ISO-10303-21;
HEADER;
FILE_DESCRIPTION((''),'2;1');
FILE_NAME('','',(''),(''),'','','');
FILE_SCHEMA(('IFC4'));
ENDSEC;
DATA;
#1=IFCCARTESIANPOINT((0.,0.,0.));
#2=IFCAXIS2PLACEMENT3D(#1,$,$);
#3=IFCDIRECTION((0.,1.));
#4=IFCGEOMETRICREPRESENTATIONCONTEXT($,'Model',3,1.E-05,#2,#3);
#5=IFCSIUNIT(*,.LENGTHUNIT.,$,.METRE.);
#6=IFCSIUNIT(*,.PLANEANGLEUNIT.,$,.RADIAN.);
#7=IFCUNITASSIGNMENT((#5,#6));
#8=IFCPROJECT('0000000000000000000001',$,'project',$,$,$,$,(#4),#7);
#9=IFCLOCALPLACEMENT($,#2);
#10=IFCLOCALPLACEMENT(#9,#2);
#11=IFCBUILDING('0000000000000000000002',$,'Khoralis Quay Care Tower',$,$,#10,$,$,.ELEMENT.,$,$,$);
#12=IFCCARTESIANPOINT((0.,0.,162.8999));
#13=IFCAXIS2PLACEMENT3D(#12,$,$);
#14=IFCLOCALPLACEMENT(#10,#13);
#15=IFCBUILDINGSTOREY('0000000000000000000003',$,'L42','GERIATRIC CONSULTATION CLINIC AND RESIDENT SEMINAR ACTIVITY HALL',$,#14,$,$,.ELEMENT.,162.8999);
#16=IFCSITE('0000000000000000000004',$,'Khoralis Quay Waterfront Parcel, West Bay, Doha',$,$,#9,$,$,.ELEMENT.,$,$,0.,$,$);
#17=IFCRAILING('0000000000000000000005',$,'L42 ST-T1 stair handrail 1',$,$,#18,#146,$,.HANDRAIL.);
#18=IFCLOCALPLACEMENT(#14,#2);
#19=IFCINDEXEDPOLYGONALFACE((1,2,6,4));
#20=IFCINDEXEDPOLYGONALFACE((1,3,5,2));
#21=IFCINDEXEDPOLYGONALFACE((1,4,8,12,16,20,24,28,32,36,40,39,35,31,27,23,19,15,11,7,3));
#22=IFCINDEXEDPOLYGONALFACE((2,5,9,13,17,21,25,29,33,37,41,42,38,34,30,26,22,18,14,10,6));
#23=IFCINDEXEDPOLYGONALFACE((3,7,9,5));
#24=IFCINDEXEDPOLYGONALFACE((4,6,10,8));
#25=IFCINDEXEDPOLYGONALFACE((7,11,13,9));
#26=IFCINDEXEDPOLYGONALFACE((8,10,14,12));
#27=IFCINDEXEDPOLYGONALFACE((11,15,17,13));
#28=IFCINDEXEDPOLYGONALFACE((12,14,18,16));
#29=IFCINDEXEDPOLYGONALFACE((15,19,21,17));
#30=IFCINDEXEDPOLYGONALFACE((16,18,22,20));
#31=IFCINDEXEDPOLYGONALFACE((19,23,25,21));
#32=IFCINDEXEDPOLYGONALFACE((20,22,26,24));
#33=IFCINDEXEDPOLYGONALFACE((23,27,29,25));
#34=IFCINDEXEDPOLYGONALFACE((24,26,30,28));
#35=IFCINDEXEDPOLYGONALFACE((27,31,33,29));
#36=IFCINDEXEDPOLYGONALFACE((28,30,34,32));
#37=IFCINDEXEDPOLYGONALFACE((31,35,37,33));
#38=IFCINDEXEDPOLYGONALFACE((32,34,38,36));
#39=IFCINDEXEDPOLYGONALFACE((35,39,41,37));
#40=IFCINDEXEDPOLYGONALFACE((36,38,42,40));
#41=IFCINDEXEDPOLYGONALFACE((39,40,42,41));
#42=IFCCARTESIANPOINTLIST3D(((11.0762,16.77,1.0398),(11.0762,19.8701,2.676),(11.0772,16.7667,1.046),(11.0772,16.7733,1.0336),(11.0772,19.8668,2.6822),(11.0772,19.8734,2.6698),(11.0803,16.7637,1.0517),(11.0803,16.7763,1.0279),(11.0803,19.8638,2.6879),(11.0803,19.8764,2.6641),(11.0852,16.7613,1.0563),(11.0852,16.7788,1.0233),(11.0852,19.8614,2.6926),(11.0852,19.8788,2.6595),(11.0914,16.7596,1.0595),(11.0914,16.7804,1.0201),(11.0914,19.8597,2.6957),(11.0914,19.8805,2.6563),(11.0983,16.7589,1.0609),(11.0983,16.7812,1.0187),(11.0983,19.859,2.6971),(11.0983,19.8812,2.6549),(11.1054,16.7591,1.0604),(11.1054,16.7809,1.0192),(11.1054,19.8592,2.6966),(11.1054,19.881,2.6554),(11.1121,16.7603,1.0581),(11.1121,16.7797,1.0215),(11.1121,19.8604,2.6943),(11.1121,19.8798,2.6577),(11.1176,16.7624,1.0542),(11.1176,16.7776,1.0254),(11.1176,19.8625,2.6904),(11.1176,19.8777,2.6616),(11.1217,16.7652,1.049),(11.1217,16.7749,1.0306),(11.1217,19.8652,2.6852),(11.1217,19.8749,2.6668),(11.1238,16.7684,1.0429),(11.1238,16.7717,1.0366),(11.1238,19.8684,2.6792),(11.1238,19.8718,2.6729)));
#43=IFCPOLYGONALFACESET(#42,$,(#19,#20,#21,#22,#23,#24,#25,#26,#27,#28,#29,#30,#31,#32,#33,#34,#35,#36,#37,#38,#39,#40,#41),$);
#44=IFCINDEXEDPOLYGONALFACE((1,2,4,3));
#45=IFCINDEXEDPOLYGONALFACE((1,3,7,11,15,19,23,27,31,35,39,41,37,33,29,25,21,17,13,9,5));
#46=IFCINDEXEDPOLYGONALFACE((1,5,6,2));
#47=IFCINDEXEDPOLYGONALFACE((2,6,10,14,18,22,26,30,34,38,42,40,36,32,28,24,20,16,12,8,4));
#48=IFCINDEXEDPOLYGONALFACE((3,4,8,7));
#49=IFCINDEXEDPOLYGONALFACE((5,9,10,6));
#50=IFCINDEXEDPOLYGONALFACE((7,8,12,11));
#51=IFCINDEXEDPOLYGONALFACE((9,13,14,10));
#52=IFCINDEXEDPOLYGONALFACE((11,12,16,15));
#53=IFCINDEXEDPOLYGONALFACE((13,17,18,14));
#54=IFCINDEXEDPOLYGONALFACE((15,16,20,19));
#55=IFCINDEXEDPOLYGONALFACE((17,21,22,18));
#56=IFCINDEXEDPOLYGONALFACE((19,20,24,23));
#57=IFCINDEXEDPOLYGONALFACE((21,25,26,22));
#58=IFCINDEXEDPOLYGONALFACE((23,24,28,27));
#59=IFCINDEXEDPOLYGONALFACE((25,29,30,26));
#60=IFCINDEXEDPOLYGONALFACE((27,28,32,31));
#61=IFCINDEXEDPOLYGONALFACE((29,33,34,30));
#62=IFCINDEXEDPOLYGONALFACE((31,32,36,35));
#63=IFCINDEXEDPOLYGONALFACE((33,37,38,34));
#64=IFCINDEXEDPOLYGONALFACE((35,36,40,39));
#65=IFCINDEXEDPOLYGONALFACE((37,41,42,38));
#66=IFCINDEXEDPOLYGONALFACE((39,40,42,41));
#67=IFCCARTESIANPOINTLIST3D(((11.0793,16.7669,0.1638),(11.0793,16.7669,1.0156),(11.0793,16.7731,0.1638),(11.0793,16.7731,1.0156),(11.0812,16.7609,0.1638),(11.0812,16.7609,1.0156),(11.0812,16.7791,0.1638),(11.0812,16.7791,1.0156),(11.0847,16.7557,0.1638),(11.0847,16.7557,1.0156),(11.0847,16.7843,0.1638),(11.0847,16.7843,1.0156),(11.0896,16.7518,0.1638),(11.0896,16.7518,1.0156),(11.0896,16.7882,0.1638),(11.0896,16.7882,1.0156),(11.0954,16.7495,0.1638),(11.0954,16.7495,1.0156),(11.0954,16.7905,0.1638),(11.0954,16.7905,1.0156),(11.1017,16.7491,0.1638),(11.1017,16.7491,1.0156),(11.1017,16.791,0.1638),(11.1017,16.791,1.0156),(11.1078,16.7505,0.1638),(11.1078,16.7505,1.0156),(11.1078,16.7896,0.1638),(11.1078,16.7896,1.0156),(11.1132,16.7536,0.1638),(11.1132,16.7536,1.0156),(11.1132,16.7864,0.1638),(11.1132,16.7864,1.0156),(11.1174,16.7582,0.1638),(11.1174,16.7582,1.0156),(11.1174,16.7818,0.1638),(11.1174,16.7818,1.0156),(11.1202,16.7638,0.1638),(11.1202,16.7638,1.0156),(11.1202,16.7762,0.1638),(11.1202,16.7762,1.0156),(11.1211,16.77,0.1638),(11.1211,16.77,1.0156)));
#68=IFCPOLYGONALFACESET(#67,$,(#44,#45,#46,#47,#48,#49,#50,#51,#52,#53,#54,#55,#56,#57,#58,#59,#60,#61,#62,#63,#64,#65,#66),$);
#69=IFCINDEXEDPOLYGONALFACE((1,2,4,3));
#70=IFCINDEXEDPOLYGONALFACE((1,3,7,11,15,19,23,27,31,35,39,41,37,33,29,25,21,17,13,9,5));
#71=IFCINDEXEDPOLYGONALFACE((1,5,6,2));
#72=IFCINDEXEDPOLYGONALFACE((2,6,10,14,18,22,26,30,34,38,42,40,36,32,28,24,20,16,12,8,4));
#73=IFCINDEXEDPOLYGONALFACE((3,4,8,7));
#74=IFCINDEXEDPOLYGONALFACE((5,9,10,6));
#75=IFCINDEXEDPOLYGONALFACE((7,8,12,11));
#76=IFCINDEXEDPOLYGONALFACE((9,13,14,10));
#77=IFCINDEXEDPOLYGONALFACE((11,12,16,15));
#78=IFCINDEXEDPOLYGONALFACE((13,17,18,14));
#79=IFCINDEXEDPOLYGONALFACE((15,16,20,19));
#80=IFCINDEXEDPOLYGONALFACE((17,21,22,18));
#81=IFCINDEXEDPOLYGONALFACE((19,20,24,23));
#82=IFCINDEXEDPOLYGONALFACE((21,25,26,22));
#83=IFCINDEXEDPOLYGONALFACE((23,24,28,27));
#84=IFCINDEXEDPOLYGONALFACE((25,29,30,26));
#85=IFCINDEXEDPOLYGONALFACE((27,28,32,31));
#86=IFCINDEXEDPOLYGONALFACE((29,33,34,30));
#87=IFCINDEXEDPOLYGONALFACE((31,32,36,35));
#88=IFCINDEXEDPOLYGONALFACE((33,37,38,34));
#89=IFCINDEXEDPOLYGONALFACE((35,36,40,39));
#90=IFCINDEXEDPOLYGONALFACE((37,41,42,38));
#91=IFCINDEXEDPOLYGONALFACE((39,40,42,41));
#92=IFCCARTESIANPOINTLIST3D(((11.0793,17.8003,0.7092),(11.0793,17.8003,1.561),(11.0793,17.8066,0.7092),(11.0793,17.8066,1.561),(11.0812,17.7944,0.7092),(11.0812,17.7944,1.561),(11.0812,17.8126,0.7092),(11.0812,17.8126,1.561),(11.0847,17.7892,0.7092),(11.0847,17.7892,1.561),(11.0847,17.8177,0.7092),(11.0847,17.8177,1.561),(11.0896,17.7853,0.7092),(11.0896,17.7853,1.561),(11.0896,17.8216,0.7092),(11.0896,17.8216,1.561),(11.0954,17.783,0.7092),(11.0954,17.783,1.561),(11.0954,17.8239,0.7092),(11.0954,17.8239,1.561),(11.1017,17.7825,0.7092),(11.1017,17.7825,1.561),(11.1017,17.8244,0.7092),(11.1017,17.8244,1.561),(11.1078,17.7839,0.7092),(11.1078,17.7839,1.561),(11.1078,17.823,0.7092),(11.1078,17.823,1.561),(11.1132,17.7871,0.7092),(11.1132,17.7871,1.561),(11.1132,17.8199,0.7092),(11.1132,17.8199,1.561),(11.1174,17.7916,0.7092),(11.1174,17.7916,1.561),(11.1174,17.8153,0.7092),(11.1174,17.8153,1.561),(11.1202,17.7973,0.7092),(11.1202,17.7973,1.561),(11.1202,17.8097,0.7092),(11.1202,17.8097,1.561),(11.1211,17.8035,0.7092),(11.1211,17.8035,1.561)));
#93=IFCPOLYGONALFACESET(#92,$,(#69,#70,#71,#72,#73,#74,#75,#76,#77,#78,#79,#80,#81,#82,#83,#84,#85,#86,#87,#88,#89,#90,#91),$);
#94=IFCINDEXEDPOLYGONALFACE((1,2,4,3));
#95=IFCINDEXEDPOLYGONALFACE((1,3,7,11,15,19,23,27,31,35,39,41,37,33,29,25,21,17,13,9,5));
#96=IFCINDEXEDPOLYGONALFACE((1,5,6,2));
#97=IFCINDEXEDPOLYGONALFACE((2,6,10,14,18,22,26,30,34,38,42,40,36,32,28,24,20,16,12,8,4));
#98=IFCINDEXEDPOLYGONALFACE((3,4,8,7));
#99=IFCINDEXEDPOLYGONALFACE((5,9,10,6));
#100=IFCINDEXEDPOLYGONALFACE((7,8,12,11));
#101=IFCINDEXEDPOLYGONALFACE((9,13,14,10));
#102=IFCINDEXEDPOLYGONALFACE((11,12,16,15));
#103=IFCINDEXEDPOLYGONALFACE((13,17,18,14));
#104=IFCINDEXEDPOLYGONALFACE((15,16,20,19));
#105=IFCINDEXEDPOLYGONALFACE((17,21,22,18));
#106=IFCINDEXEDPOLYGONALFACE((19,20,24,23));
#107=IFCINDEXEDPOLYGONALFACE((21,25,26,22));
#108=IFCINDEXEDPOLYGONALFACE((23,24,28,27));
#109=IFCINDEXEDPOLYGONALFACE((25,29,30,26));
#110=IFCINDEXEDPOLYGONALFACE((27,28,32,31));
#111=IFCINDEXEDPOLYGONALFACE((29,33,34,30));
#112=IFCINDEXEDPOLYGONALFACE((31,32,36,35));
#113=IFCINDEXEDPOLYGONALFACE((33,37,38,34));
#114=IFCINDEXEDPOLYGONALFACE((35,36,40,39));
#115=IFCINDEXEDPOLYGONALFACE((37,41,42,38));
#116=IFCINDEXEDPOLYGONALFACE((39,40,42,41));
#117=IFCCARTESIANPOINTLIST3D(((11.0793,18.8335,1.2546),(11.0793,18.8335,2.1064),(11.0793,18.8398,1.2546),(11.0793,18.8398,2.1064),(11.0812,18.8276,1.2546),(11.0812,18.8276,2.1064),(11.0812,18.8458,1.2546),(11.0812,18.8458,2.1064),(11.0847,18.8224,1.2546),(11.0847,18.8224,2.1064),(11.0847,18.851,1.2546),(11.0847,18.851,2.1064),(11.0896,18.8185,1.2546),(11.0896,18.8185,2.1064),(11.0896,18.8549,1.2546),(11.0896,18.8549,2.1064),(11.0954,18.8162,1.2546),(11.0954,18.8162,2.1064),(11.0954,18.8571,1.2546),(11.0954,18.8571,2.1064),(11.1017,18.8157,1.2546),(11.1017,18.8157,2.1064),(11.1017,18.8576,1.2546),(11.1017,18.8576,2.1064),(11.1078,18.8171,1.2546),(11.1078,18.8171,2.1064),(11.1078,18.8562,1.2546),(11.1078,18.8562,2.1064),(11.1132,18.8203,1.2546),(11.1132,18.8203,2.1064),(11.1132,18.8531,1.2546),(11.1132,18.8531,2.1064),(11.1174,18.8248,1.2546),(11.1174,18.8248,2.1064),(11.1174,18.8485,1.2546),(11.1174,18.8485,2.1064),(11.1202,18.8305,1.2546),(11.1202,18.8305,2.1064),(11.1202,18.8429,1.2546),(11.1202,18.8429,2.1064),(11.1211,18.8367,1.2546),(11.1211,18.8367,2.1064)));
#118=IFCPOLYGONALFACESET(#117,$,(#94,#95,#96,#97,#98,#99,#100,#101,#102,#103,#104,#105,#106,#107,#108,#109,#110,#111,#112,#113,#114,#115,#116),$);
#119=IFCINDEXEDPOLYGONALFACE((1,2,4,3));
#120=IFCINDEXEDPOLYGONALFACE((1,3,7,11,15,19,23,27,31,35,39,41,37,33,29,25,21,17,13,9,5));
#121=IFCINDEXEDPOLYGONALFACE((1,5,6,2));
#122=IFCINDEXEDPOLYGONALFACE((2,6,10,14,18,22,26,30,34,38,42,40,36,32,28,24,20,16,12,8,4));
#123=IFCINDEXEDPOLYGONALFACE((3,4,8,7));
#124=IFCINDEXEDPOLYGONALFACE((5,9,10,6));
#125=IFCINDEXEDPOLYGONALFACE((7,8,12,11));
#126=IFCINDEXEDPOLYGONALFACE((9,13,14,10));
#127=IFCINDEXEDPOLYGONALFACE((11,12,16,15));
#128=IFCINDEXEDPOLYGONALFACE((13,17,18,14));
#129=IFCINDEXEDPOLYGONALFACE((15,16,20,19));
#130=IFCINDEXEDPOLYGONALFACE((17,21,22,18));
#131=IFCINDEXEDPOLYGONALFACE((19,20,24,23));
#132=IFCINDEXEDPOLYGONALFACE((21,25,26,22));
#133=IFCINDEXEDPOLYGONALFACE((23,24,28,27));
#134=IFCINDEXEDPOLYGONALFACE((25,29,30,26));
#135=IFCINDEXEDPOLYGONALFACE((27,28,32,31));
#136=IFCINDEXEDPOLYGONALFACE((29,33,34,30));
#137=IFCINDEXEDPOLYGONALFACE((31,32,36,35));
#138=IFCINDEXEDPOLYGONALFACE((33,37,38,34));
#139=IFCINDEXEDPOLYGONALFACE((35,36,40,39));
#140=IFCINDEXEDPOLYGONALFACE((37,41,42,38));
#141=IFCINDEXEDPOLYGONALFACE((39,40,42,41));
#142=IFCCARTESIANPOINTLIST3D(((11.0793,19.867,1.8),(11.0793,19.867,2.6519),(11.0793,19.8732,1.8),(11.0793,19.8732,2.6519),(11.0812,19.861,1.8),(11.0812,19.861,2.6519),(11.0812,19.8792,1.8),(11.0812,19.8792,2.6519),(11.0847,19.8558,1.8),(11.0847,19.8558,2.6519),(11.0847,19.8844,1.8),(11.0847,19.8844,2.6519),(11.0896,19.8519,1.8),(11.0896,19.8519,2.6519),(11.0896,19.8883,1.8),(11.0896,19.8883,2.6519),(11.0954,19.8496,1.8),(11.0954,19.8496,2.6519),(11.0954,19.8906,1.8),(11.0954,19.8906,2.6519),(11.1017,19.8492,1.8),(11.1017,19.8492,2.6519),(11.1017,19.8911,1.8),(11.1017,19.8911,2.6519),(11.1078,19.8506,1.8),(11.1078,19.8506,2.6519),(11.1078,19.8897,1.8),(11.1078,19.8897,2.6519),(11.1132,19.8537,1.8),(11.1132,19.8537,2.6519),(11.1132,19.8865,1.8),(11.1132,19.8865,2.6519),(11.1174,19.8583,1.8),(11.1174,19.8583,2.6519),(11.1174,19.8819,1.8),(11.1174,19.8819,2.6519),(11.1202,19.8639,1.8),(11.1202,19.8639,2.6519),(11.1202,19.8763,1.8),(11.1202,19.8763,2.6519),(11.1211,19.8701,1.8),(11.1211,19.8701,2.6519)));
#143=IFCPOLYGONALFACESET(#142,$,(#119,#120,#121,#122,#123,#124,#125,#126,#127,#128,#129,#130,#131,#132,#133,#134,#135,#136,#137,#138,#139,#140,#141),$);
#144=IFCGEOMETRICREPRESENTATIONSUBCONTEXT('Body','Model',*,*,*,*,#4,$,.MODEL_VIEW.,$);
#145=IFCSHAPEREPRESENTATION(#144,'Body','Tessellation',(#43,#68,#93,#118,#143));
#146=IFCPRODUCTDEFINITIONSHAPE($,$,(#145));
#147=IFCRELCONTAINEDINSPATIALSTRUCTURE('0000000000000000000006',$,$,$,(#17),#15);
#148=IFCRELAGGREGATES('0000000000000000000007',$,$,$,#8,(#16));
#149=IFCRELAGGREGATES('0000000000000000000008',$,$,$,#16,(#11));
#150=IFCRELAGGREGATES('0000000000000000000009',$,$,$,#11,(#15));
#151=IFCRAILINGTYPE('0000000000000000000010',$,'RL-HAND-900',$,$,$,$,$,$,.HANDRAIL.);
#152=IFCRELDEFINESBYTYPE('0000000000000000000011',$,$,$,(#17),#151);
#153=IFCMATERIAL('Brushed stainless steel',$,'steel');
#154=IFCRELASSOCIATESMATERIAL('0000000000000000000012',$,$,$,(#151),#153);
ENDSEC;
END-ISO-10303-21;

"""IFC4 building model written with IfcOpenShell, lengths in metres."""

from ifc_helpers import new_model, si_unit, direction, frame, origin, origin_2d, place, context, subcontext, project, spatial, circle, extrude, material, type_object, element, save


model = new_model("IFC4")

# Units and contexts
model_context = context("Model", 3, precision=1e-05, world=origin(), true_north=direction((0.0, 1.0)))
body_context = subcontext(model_context, "Body", "Model", "MODEL_VIEW")
ifc_project = project(units=[si_unit("LENGTHUNIT", "METRE"), si_unit("PLANEANGLEUNIT", "RADIAN")], contexts=[model_context])

# Site, building, storey
site_placement = place(None, origin())
site = spatial("IfcSite", under=ifc_project, at=site_placement, Name="Khoralis Quay Waterfront Parcel, West Bay, Doha", CompositionType="ELEMENT", RefElevation=0.0)
building_placement = place(site_placement, origin())
building = spatial("IfcBuilding", under=site, at=building_placement, Name="Khoralis Quay Care Tower", CompositionType="ELEMENT")
storey_placement = place(building_placement, frame((0.0, 0.0, 162.8999)))
storey = spatial("IfcBuildingStorey", under=building, at=storey_placement, Name="L42", Description="GERIATRIC CONSULTATION CLINIC AND RESIDENT SEMINAR ACTIVITY HALL", CompositionType="ELEMENT", Elevation=162.8999)

# Railing
ifc_material_1 = material(Name="Brushed stainless steel", Category="steel")
railing_type_1 = type_object("IfcRailingType", Name="RL-HAND-900", PredefinedType="HANDRAIL", material=ifc_material_1)
railing_1_placement = place(storey_placement, frame((11.1001, 16.77, 0.1638)))
element("IfcRailing", 1, at=railing_1_placement, inside=storey, type_object=railing_type_1, Name="L42 ST-T1 stair handrail 1", PredefinedType="HANDRAIL", context=body_context, shape_type="SweptSolid", body=[
    extrude(circle(Radius=0.0239, at=origin_2d()), frame((0.0, 0.0, 0.876), z_axis=(0.0, 0.884377, 0.466774), x_axis=(-1.0, 0.0, 0.0)), (0.0, 0.0, 1.0), 3.5054),
    extrude(circle(Radius=0.021, at=origin_2d()), origin(), (0.0, 0.0, 1.0), 0.8518),
    extrude(circle(Radius=0.021, at=origin_2d()), frame((0.0, 1.0334, 0.5454)), (0.0, 0.0, 1.0), 0.8518),
    extrude(circle(Radius=0.021, at=origin_2d()), frame((0.0, 2.0667, 1.0908)), (0.0, 0.0, 1.0), 0.8518),
    extrude(circle(Radius=0.021, at=origin_2d()), frame((0.0, 3.1001, 1.6362)), (0.0, 0.0, 1.0), 0.8518),
])

save(model, "model.ifc")
